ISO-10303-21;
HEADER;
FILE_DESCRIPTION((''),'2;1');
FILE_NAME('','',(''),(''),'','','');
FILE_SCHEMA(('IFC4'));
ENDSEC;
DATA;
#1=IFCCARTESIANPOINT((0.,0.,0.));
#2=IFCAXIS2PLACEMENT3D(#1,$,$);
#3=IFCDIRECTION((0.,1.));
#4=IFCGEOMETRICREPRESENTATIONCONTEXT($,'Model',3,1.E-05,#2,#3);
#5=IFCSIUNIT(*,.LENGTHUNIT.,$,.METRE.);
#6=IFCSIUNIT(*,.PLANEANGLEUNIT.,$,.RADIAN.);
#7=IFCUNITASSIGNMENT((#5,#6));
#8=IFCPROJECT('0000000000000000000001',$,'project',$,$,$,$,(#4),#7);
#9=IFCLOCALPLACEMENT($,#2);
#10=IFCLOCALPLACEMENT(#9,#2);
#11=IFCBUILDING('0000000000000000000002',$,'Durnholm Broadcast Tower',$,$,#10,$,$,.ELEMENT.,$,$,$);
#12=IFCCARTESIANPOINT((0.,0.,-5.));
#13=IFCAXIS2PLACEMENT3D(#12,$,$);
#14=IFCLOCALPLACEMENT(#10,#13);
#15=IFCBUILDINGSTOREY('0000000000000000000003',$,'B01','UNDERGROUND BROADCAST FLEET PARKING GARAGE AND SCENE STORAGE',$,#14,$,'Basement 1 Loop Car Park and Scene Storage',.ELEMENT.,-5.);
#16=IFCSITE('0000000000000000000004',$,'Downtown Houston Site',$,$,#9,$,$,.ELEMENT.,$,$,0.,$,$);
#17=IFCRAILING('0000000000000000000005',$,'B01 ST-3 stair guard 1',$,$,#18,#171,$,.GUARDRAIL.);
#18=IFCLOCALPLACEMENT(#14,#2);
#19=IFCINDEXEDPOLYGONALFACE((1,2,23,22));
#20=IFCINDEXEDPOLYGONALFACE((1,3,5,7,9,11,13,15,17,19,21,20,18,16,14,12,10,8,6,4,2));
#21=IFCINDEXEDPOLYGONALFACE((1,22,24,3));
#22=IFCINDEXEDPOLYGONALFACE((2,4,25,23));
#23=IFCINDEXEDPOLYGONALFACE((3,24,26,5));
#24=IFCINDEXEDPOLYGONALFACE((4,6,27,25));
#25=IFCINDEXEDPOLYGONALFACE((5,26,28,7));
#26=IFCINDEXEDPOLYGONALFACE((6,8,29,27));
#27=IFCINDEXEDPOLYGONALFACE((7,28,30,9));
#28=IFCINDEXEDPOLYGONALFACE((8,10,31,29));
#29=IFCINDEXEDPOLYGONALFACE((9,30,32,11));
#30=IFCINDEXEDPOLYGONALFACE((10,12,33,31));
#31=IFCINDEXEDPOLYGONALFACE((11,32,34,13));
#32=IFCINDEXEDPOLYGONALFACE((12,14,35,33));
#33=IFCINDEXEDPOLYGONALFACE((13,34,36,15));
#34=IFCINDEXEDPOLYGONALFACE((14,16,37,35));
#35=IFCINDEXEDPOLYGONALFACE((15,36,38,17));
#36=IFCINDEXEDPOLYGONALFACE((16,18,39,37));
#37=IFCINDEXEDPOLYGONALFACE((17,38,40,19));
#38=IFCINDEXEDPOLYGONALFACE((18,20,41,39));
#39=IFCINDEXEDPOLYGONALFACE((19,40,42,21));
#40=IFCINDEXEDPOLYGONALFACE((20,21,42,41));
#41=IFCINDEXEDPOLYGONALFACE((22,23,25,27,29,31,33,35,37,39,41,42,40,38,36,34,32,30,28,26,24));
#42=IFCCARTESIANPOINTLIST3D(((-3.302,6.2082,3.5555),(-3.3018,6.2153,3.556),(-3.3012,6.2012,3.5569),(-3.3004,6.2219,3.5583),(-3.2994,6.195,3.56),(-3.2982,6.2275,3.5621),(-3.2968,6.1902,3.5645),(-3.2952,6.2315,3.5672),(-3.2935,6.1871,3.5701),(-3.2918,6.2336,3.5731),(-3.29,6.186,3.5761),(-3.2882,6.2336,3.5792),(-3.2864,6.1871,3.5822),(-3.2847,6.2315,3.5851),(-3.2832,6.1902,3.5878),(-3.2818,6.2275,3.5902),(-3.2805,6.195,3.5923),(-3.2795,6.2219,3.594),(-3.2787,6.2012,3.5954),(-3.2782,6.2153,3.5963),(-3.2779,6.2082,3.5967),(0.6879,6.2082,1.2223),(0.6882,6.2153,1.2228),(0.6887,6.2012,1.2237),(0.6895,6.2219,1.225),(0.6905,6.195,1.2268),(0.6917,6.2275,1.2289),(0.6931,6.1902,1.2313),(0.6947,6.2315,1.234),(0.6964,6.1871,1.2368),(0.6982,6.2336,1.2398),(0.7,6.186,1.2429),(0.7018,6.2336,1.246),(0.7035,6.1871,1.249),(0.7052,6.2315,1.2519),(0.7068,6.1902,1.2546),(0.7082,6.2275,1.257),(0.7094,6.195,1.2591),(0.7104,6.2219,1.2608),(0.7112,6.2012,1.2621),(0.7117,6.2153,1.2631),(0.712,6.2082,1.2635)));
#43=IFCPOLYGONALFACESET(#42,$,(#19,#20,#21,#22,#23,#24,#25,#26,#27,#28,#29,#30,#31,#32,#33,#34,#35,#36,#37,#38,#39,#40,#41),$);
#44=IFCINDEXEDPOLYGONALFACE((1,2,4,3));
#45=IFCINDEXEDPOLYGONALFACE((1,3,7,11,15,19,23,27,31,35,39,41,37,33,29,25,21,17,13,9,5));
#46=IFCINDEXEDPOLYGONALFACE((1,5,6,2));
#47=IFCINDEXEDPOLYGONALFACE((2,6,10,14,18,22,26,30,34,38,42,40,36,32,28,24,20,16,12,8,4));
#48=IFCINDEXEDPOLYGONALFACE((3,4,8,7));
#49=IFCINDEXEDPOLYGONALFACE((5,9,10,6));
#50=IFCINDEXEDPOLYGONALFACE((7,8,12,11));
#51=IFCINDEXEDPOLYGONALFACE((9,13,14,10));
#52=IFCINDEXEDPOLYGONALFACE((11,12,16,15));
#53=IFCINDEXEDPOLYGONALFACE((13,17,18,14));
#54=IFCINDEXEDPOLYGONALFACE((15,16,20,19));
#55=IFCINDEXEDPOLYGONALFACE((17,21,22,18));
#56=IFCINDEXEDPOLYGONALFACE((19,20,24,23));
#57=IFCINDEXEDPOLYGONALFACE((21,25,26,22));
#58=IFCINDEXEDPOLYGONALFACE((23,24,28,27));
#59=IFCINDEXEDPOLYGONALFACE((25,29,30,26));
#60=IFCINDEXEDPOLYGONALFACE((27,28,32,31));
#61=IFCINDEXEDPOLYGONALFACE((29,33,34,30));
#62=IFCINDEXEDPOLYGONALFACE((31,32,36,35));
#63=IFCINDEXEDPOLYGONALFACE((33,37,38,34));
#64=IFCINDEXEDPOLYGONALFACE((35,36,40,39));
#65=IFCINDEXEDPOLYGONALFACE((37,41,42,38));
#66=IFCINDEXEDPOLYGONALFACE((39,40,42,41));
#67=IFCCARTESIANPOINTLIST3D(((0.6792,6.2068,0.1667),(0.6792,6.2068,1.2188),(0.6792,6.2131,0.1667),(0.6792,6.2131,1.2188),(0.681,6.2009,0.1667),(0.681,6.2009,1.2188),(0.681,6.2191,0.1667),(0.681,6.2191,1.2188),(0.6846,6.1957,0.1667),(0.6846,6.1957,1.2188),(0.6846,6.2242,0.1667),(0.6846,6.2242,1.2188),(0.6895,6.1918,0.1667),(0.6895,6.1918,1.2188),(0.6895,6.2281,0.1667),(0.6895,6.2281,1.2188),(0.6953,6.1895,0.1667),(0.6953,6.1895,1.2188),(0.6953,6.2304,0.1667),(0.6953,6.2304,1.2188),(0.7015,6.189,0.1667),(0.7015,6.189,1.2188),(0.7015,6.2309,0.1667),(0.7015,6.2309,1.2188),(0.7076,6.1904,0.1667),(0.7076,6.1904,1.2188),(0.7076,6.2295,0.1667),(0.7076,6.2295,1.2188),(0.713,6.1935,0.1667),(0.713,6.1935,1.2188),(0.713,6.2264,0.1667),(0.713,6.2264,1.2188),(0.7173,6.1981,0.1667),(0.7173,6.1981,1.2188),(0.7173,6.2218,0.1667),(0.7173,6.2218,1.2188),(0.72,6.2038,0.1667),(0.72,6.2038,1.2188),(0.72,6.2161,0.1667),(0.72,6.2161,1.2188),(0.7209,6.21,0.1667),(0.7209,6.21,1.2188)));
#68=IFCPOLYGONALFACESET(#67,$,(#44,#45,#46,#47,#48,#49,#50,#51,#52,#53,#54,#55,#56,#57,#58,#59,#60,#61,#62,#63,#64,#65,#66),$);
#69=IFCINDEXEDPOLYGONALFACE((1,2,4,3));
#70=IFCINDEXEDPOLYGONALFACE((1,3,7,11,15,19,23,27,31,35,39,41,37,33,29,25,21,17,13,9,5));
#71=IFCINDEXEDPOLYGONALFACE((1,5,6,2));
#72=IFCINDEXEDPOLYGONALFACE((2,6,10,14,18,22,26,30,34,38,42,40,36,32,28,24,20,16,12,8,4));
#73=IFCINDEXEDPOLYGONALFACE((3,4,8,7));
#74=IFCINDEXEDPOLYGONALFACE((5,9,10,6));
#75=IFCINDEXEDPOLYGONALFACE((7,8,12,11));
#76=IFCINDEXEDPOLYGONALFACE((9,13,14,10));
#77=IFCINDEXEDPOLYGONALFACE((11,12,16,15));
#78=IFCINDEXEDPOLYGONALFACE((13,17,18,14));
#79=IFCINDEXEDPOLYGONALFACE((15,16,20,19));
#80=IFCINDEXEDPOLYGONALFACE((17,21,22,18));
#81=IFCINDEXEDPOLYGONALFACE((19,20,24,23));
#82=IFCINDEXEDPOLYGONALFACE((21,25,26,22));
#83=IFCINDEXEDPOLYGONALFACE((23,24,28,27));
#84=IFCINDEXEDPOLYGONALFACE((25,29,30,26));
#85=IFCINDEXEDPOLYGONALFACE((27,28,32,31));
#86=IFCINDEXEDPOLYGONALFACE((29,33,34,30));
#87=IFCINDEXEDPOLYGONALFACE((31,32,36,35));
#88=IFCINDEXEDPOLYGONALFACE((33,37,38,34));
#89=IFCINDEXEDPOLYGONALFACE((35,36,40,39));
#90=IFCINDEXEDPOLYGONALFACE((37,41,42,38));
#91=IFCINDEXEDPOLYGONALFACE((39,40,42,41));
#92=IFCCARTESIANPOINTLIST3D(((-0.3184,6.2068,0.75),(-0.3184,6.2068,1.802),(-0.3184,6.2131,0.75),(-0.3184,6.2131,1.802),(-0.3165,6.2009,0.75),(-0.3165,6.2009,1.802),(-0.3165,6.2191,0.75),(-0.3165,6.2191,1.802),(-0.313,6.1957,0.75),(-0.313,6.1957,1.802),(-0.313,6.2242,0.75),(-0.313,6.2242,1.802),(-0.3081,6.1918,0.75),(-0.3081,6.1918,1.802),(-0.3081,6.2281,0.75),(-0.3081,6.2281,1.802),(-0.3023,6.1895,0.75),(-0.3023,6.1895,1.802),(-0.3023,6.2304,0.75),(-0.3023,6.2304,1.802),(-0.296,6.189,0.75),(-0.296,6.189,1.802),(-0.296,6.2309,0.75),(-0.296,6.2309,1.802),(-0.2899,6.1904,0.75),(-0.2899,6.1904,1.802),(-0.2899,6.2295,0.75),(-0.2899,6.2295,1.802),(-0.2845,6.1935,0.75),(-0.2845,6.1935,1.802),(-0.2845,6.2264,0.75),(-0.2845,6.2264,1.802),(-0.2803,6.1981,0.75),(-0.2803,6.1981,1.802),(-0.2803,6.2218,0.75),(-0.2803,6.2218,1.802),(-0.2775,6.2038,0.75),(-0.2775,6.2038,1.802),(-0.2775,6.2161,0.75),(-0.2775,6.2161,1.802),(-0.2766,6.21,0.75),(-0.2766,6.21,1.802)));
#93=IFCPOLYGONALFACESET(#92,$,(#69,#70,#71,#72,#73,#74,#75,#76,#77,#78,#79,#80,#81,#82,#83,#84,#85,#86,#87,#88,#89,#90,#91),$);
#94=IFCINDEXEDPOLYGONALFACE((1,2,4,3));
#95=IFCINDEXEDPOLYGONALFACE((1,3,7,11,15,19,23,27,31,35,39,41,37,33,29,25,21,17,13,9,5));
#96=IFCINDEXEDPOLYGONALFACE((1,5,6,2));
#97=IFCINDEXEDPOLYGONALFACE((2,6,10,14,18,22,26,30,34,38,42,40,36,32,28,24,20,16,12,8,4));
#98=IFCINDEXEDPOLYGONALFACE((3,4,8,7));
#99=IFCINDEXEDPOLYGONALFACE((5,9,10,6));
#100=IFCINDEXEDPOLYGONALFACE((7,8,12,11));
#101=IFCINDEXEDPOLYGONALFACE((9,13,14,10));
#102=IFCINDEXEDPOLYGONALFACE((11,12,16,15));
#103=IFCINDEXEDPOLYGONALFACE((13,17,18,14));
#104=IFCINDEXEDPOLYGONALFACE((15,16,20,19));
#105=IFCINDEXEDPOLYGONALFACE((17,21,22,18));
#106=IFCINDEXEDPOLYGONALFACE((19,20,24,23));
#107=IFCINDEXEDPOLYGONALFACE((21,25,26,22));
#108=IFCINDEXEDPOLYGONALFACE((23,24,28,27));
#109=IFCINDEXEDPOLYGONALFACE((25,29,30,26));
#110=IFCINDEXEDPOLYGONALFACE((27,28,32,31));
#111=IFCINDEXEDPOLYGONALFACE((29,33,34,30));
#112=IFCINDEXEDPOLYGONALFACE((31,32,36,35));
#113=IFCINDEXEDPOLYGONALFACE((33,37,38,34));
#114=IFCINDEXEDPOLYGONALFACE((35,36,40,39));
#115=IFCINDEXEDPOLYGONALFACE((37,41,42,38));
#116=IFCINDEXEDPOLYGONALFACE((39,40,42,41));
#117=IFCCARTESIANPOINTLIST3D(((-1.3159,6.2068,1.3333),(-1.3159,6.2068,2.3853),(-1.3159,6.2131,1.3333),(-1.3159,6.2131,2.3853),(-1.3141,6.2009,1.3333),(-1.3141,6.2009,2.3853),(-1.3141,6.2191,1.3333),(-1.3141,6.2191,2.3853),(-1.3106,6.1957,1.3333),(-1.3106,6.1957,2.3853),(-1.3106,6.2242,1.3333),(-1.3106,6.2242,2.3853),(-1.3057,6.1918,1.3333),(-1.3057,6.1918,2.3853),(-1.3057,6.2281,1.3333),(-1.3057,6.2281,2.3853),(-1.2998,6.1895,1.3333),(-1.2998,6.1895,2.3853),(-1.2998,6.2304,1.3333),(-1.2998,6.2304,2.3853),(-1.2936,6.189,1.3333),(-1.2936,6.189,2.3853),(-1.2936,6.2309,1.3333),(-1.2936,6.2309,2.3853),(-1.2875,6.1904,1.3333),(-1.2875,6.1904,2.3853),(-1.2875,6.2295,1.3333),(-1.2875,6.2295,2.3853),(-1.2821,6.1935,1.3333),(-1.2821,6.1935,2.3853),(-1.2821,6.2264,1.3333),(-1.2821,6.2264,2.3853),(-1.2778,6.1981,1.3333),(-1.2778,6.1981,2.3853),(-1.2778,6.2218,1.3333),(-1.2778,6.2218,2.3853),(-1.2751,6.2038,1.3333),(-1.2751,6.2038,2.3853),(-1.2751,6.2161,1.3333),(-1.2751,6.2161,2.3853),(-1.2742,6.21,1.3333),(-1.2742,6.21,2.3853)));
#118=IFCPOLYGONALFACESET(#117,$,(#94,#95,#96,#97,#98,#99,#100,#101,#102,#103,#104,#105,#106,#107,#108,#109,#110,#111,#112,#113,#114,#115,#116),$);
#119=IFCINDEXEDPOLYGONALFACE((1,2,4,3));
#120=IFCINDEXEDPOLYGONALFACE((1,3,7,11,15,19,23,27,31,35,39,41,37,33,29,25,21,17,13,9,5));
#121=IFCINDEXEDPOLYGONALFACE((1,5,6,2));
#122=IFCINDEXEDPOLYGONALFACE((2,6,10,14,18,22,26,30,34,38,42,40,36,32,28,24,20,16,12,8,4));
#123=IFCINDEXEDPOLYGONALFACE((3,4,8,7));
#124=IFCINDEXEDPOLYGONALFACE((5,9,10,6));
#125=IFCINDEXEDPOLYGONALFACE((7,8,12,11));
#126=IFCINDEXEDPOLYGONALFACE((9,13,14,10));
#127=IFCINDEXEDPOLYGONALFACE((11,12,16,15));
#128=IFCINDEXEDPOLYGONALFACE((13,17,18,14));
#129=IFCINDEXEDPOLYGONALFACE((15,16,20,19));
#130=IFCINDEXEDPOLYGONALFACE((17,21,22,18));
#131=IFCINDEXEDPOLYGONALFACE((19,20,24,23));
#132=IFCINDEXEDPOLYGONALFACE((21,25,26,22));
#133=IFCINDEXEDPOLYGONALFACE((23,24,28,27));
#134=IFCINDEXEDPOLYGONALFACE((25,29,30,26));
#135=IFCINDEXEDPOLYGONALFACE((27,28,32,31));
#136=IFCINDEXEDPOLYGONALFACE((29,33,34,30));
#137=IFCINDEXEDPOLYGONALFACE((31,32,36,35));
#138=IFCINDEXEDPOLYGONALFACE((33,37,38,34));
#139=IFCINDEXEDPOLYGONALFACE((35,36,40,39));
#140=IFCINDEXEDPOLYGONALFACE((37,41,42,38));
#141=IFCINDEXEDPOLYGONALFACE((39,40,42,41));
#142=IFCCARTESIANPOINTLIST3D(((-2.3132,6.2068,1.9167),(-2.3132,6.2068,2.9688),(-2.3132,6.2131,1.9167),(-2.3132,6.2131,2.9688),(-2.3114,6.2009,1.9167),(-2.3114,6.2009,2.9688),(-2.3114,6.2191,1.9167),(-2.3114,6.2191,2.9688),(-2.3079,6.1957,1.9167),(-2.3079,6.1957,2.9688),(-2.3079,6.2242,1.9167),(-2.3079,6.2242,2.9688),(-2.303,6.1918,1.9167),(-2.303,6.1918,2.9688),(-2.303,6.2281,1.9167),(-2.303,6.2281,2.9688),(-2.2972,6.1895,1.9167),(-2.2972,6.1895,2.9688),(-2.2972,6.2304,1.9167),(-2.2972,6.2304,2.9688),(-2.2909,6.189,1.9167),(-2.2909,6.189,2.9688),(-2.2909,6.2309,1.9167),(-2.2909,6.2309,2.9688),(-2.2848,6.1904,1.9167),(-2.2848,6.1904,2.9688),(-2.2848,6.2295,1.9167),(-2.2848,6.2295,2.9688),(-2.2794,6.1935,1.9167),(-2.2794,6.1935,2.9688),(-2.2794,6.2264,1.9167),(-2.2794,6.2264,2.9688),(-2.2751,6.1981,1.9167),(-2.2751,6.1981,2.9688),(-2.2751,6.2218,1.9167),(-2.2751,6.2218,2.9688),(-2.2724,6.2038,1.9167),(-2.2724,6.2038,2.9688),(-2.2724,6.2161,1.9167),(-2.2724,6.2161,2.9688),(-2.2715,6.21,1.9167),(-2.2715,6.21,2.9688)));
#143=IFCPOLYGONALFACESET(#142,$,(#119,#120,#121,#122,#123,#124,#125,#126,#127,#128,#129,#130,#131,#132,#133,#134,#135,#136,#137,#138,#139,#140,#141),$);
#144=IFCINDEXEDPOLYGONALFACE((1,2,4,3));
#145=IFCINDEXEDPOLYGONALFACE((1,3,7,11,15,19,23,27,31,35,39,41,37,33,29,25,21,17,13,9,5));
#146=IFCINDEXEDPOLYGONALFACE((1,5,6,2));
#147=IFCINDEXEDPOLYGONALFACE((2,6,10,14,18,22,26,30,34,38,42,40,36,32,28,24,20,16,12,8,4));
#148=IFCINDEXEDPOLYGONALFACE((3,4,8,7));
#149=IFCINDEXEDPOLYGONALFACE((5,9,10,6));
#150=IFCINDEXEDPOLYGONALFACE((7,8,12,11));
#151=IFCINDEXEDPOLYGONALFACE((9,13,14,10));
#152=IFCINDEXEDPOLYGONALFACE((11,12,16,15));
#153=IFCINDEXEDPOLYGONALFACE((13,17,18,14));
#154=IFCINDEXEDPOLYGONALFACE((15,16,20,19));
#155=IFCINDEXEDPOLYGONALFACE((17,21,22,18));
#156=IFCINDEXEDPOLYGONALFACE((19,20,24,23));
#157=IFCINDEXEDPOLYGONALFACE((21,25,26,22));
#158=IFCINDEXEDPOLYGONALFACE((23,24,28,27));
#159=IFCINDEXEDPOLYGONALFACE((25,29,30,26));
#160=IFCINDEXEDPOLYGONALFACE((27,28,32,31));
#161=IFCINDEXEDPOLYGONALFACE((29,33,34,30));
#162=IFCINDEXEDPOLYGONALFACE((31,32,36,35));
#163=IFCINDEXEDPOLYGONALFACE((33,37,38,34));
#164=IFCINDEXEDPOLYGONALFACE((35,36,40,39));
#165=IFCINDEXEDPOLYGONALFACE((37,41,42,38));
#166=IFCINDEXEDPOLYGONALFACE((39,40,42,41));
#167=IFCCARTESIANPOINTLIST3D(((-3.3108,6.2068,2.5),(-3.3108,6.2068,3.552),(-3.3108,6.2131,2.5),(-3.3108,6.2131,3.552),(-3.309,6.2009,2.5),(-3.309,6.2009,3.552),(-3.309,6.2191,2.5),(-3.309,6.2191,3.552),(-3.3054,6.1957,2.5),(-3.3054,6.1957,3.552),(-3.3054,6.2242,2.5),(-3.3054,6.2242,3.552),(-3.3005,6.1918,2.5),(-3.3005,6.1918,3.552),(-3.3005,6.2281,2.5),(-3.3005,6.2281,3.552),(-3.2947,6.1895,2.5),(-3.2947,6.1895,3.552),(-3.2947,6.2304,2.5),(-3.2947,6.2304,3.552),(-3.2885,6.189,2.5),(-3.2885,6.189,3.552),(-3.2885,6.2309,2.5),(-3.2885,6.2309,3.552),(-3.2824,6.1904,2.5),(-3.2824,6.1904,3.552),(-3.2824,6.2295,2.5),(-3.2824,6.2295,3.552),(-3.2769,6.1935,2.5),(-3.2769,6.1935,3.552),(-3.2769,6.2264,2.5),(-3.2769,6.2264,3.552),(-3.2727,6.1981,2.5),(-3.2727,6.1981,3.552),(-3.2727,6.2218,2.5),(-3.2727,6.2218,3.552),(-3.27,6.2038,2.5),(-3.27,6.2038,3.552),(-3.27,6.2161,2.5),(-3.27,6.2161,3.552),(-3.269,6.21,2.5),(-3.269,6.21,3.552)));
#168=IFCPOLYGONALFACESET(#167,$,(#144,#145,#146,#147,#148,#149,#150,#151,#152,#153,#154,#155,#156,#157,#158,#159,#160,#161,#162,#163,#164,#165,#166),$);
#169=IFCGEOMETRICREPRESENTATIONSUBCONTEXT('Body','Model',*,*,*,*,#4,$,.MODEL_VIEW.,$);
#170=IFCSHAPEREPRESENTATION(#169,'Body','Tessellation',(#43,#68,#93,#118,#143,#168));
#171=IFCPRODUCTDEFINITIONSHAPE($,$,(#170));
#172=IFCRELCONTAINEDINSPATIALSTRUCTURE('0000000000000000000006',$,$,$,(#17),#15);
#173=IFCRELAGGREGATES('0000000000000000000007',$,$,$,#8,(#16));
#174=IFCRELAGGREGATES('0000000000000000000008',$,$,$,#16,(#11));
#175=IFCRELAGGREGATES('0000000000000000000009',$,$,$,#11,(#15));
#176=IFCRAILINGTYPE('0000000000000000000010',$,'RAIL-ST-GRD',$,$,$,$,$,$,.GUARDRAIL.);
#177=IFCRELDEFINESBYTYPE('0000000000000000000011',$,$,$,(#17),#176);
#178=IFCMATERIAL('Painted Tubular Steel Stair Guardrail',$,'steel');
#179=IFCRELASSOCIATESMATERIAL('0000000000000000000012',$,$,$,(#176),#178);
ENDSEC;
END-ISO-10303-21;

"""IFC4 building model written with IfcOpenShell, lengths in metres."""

from ifc_helpers import new_model, si_unit, direction, frame, origin, origin_2d, place, context, subcontext, project, spatial, circle, extrude, material, type_object, element, save


model = new_model("IFC4")

# Units and contexts
model_context = context("Model", 3, precision=1e-05, world=origin(), true_north=direction((0.0, 1.0)))
body_context = subcontext(model_context, "Body", "Model", "MODEL_VIEW")
ifc_project = project(units=[si_unit("LENGTHUNIT", "METRE"), si_unit("PLANEANGLEUNIT", "RADIAN")], contexts=[model_context])

# Site, building, storey
site_placement = place(None, origin())
site = spatial("IfcSite", under=ifc_project, at=site_placement, Name="Downtown Houston Site", CompositionType="ELEMENT", RefElevation=0.0)
building_placement = place(site_placement, origin())
building = spatial("IfcBuilding", under=site, at=building_placement, Name="Durnholm Broadcast Tower", CompositionType="ELEMENT")
storey_placement = place(building_placement, frame((0.0, 0.0, -5.0)))
storey = spatial("IfcBuildingStorey", under=building, at=storey_placement, Name="B01", Description="UNDERGROUND BROADCAST FLEET PARKING GARAGE AND SCENE STORAGE", LongName="Basement 1 Loop Car Park and Scene Storage", CompositionType="ELEMENT", Elevation=-5.0)

# Railing
ifc_material_1 = material(Name="Painted Tubular Steel Stair Guardrail", Category="steel")
railing_type_1 = type_object("IfcRailingType", Name="RAIL-ST-GRD", PredefinedType="GUARDRAIL", material=ifc_material_1)
railing_1_placement = place(storey_placement, frame((0.7, 6.21, 0.1667)))
element("IfcRailing", 1, at=railing_1_placement, inside=storey, type_object=railing_type_1, Name="B01 ST-3 stair guard 1", PredefinedType="GUARDRAIL", context=body_context, shape_type="SweptSolid", body=[
    extrude(circle(Radius=0.0239, at=origin_2d()), frame((0.0, 0.0, 1.0762), z_axis=(-0.863236, 0.0, 0.5048), x_axis=(0.0, -1.0, 0.0)), (0.0, 0.0, 1.0), 4.6221),
    extrude(circle(Radius=0.021, at=origin_2d()), origin(), (0.0, 0.0, 1.0), 1.052),
    extrude(circle(Radius=0.021, at=origin_2d()), frame((-0.9976, 0.0, 0.5833)), (0.0, 0.0, 1.0), 1.052),
    extrude(circle(Radius=0.021, at=origin_2d()), frame((-1.9951, 0.0, 1.1665)), (0.0, 0.0, 1.0), 1.052),
    extrude(circle(Radius=0.021, at=origin_2d()), frame((-2.9924, 0.0, 1.75)), (0.0, 0.0, 1.0), 1.052),
    extrude(circle(Radius=0.021, at=origin_2d()), frame((-3.99, 0.0, 2.3333)), (0.0, 0.0, 1.0), 1.052),
])

save(model, "model.ifc")
